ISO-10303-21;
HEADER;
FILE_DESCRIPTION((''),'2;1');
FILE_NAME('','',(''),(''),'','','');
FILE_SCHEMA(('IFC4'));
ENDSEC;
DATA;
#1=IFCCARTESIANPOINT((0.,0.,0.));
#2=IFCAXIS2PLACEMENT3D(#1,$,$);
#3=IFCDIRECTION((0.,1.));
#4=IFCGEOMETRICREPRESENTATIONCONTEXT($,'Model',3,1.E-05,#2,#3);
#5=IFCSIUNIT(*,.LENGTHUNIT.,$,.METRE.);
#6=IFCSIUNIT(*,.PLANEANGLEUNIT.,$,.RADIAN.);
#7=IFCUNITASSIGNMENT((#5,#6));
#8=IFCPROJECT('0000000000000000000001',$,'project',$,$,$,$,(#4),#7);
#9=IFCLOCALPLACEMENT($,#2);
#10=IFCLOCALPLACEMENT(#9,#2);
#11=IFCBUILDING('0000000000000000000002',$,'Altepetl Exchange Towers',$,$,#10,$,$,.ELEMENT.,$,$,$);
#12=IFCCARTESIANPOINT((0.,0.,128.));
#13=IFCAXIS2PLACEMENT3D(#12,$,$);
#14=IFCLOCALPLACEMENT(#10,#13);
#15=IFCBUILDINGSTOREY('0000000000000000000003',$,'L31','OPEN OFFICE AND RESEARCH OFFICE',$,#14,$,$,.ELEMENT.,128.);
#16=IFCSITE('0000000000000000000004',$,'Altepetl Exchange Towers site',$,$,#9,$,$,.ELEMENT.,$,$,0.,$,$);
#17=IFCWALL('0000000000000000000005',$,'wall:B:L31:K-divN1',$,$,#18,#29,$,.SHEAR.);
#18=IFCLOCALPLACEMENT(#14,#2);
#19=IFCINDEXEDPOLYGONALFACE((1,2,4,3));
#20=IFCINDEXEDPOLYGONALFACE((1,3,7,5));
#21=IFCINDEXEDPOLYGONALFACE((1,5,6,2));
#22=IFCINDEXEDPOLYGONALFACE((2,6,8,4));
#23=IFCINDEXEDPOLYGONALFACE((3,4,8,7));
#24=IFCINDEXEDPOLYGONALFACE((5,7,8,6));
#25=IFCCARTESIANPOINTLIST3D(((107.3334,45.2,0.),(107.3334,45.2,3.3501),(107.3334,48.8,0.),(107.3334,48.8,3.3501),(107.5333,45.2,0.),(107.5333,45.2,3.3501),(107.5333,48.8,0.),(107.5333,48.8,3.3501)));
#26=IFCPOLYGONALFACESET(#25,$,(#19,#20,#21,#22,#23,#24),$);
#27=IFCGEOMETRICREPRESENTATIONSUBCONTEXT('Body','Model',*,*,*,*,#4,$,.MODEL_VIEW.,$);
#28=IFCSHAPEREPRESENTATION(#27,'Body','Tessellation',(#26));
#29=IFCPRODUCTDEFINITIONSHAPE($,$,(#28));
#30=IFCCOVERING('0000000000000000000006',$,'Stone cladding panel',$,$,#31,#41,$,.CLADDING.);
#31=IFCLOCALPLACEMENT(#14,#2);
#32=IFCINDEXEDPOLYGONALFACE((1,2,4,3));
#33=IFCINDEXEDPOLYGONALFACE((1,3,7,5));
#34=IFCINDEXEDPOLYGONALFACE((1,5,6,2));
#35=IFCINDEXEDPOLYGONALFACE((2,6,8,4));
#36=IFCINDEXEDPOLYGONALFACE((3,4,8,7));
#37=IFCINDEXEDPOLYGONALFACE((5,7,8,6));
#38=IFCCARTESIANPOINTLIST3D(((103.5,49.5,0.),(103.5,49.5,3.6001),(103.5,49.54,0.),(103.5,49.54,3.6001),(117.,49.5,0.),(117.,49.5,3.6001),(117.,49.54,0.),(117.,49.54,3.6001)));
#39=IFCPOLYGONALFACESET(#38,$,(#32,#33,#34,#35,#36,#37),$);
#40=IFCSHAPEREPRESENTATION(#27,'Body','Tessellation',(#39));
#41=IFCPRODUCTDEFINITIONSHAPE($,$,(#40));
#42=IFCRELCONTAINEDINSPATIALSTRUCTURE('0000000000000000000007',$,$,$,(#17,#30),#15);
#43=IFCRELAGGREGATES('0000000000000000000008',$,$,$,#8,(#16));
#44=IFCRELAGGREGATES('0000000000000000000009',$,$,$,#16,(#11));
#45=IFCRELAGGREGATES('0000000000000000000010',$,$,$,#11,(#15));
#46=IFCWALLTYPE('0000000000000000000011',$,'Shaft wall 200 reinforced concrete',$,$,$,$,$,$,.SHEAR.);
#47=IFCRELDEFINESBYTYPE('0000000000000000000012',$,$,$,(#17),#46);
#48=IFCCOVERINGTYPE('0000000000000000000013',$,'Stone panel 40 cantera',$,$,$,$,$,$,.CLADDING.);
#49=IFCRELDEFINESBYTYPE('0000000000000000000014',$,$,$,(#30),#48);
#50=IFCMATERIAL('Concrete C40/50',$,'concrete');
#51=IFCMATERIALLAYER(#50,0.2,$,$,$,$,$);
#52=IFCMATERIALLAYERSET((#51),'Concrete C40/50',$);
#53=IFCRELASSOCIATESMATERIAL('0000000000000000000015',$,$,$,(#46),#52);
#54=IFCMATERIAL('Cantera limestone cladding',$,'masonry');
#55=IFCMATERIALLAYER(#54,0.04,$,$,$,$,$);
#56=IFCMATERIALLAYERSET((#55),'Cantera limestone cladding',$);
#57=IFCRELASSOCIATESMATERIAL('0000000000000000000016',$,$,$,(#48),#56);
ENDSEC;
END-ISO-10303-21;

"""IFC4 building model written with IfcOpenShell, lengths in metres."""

from ifc_helpers import new_model, si_unit, direction, frame, frame_2d, origin, origin_2d, place, context, subcontext, project, spatial, rectangle, extrude, material, layer, layer_set, type_object, element, save


model = new_model("IFC4")

# Units and contexts
model_context = context("Model", 3, precision=1e-05, world=origin(), true_north=direction((0.0, 1.0)))
body_context = subcontext(model_context, "Body", "Model", "MODEL_VIEW")
ifc_project = project(units=[si_unit("LENGTHUNIT", "METRE"), si_unit("PLANEANGLEUNIT", "RADIAN")], contexts=[model_context])

# Site, building, storey
site_placement = place(None, origin())
site = spatial("IfcSite", under=ifc_project, at=site_placement, Name="Altepetl Exchange Towers site", CompositionType="ELEMENT", RefElevation=0.0)
building_placement = place(site_placement, origin())
building = spatial("IfcBuilding", under=site, at=building_placement, Name="Altepetl Exchange Towers", CompositionType="ELEMENT")
storey_placement = place(building_placement, frame((0.0, 0.0, 128.0)))
storey = spatial("IfcBuildingStorey", under=building, at=storey_placement, Name="L31", Description="OPEN OFFICE AND RESEARCH OFFICE", CompositionType="ELEMENT", Elevation=128.0)

# Wall
ifc_material_1 = material(Name="Concrete C40/50", Category="concrete")
ifc_layer_1 = layer(ifc_material_1, 0.2)
ifc_layer_set_1 = layer_set([ifc_layer_1], Name="Concrete C40/50")
wall_type_1 = type_object("IfcWallType", Name="Shaft wall 200 reinforced concrete", PredefinedType="SHEAR", material=ifc_layer_set_1)
wall_1_placement = place(storey_placement, frame((107.4333, 48.8, 0.0), z_axis=(0.0, 0.0, 1.0), x_axis=(0.0, -1.0, 0.0)))
element("IfcWall", 1, at=wall_1_placement, inside=storey, type_object=wall_type_1, Name="wall:B:L31:K-divN1", PredefinedType="SHEAR", context=body_context, shape_type="SweptSolid", body=[
    extrude(rectangle(XDim=3.6001, YDim=0.2, at=frame_2d((1.8, 0.0))), origin(), (0.0, 0.0, 1.0), 3.3501),
])

# Covering
ifc_material_2 = material(Name="Cantera limestone cladding", Category="masonry")
ifc_layer_2 = layer(ifc_material_2, 0.04)
ifc_layer_set_2 = layer_set([ifc_layer_2], Name="Cantera limestone cladding")
covering_type = type_object("IfcCoveringType", Name="Stone panel 40 cantera", PredefinedType="CLADDING", material=ifc_layer_set_2)
covering_placement = place(storey_placement, frame((110.25, 49.52, 0.0), z_axis=(0.0, 0.0, 1.0), x_axis=(-1.0, 0.0, 0.0)))
element("IfcCovering", 2, at=covering_placement, inside=storey, type_object=covering_type, Name="Stone cladding panel", PredefinedType="CLADDING", context=body_context, shape_type="SweptSolid", body=[
    extrude(rectangle(XDim=13.5, YDim=0.04, at=origin_2d()), origin(), (0.0, 0.0, 1.0), 3.6001),
])

save(model, "model.ifc")
